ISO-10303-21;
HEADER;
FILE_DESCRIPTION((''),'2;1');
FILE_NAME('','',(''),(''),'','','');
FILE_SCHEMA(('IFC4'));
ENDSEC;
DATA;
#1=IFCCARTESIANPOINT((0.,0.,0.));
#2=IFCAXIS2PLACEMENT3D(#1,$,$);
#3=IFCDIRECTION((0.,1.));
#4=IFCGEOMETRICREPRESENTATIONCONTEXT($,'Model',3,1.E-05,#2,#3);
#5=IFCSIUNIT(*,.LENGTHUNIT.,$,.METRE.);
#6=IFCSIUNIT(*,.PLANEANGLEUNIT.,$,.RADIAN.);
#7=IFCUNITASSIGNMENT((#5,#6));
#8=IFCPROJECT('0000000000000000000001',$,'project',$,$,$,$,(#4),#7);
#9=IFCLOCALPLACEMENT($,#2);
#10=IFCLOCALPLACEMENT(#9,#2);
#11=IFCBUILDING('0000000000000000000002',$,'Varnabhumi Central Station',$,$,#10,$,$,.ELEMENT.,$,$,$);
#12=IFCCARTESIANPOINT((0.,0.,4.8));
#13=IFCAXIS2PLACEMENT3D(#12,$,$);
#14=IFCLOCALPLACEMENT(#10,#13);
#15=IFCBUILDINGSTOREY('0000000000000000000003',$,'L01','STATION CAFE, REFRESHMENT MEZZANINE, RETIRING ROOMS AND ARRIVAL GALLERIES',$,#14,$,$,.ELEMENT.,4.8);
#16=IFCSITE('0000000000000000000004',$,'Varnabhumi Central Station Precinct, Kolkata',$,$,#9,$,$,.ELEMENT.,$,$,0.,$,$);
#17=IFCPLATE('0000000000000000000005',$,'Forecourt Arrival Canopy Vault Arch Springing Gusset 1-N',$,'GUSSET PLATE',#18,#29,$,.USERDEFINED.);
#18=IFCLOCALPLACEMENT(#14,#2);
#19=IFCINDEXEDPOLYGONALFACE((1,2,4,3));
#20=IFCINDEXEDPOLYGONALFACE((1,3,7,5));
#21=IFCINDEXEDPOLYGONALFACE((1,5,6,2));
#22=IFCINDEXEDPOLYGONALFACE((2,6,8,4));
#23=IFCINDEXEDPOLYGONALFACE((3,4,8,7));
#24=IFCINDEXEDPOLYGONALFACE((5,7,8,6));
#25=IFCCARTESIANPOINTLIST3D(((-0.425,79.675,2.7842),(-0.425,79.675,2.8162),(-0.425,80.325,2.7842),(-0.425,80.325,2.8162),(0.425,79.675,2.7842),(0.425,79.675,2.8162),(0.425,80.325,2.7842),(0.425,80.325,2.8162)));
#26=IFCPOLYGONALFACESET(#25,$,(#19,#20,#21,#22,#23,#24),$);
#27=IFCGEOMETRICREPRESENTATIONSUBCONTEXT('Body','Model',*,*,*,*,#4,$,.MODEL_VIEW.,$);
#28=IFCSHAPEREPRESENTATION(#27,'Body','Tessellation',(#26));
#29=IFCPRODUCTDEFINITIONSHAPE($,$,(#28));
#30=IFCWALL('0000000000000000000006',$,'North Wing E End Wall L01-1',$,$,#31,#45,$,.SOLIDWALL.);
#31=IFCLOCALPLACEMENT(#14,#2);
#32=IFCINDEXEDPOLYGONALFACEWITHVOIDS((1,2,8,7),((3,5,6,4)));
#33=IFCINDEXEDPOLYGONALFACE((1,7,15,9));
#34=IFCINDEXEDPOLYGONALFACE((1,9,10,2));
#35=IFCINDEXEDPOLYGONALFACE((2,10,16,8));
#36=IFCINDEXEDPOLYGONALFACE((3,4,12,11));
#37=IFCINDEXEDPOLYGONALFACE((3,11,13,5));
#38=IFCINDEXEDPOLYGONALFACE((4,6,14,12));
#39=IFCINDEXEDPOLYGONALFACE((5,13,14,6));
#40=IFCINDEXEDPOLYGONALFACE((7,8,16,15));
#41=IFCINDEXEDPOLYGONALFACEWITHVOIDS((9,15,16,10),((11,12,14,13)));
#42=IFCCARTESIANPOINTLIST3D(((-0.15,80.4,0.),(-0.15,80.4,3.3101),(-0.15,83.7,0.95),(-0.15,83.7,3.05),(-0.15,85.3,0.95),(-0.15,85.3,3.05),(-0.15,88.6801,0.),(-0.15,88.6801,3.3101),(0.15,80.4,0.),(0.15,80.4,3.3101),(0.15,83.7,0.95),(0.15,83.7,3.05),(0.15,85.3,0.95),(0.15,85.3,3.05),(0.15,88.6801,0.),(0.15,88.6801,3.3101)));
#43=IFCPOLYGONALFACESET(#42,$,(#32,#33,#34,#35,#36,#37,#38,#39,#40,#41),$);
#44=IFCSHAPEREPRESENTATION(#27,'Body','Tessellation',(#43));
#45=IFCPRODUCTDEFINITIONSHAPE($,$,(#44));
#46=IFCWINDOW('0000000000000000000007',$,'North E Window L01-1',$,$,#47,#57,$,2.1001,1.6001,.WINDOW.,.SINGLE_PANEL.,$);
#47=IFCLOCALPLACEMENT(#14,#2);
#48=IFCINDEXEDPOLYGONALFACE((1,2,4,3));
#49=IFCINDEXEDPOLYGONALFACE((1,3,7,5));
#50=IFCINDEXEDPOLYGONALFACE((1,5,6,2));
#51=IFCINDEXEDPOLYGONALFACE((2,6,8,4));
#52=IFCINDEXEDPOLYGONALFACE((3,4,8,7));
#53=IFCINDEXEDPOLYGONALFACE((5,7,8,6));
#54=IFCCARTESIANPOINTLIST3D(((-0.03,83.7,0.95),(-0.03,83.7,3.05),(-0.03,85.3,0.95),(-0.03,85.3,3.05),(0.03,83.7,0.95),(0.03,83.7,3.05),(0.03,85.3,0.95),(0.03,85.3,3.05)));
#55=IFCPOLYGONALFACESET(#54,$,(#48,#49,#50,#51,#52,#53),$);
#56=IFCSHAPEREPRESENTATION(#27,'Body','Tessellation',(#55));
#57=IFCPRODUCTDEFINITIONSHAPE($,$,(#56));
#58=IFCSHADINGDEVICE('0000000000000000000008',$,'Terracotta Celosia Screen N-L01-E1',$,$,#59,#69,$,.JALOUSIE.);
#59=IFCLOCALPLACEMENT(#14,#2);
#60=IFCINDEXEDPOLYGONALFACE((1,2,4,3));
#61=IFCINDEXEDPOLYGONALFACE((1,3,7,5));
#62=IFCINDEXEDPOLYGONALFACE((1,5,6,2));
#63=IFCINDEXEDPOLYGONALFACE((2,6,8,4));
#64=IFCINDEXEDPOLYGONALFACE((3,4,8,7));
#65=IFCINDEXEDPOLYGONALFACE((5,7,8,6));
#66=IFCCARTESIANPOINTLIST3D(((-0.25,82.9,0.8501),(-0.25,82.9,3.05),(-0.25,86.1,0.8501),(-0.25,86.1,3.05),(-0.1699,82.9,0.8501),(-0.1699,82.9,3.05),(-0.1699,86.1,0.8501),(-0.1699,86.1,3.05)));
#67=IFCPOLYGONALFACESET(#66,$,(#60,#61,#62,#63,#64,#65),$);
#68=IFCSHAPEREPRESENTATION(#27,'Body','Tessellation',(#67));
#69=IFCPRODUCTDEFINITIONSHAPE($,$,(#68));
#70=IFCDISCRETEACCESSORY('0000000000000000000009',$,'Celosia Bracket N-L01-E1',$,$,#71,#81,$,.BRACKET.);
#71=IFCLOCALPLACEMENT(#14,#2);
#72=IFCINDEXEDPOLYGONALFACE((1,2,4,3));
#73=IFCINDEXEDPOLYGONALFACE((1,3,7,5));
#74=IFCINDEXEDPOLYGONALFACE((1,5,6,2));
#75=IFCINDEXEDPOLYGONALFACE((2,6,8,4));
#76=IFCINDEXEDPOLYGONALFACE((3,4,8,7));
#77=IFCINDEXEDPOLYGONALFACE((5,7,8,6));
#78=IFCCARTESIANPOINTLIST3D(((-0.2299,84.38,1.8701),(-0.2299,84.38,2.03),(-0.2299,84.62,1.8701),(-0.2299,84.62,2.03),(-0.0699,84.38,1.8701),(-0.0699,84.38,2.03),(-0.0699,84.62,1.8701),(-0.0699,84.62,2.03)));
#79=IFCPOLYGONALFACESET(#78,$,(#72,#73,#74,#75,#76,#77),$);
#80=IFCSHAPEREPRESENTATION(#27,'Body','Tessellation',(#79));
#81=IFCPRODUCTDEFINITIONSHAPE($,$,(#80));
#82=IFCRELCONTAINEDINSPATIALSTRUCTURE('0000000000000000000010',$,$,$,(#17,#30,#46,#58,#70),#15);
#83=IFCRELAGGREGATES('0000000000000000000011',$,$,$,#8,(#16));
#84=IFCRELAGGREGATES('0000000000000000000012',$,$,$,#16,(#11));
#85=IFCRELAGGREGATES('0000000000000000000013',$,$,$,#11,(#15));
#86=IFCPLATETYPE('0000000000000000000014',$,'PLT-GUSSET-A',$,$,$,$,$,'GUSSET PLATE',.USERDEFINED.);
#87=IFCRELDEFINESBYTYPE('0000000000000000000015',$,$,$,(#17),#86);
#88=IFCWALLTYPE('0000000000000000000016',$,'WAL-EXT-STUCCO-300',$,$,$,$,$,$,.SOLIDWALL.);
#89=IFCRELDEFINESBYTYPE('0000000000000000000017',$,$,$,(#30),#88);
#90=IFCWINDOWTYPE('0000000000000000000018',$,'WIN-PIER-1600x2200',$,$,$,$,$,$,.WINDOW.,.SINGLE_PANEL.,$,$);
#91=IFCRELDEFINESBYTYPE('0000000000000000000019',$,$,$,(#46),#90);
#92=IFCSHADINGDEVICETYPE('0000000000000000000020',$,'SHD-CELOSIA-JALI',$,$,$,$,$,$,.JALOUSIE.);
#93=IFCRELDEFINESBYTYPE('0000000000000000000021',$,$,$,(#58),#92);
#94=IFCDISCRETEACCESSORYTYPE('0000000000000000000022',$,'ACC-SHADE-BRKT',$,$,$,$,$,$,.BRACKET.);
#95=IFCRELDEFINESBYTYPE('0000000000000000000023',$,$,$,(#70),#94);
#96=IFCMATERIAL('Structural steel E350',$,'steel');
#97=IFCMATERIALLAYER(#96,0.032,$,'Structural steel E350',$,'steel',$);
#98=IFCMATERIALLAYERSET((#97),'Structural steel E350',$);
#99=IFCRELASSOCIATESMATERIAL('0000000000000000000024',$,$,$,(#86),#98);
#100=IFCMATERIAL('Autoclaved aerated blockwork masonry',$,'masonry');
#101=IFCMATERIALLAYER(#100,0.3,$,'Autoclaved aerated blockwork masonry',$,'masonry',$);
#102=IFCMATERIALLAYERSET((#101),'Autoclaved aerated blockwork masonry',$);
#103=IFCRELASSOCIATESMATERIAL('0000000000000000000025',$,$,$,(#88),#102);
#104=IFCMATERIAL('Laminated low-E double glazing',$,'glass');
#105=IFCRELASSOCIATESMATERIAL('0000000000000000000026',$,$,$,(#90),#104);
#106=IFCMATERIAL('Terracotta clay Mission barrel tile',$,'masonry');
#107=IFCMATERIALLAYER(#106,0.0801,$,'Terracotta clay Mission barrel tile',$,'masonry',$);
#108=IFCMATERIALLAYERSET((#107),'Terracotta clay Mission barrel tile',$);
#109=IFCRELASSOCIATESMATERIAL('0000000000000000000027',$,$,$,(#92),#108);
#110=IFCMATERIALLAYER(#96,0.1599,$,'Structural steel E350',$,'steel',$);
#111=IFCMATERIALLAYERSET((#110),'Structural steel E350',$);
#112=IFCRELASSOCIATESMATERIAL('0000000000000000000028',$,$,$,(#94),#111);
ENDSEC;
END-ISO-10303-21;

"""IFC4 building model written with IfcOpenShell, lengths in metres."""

from ifc_helpers import new_model, si_unit, direction, frame, frame_2d, origin, origin_2d, place, context, subcontext, project, spatial, rectangle, extrude, material, layer, layer_set, type_object, element, fill, save


model = new_model("IFC4")

# Units and contexts
model_context = context("Model", 3, precision=1e-05, world=origin(), true_north=direction((0.0, 1.0)))
body_context = subcontext(model_context, "Body", "Model", "MODEL_VIEW")
ifc_project = project(units=[si_unit("LENGTHUNIT", "METRE"), si_unit("PLANEANGLEUNIT", "RADIAN")], contexts=[model_context])

# Site, building, storey
site_placement = place(None, origin())
site = spatial("IfcSite", under=ifc_project, at=site_placement, Name="Varnabhumi Central Station Precinct, Kolkata", CompositionType="ELEMENT", RefElevation=0.0)
building_placement = place(site_placement, origin())
building = spatial("IfcBuilding", under=site, at=building_placement, Name="Varnabhumi Central Station", CompositionType="ELEMENT")
storey_placement = place(building_placement, frame((0.0, 0.0, 4.8)))
storey = spatial("IfcBuildingStorey", under=building, at=storey_placement, Name="L01", Description="STATION CAFE, REFRESHMENT MEZZANINE, RETIRING ROOMS AND ARRIVAL GALLERIES", CompositionType="ELEMENT", Elevation=4.8)

# Shared definitions
ifc_material_1 = material(Name="Structural steel E350", Category="steel")

# Shared definitions
ifc_material_2 = material(Name="Laminated low-E double glazing", Category="glass")

# Plate
ifc_layer_1 = layer(ifc_material_1, 0.032, Name="Structural steel E350", Category="steel")
ifc_layer_set_1 = layer_set([ifc_layer_1], Name="Structural steel E350")
plate_type_1 = type_object("IfcPlateType", Name="PLT-GUSSET-A", ElementType="GUSSET PLATE", PredefinedType="USERDEFINED", material=ifc_layer_set_1)
plate_1_placement = place(storey_placement, frame((0.0, 80.0, 2.7842), z_axis=(0.0, 0.0, 1.0), x_axis=(1.0, 0.0, 0.0)))
element("IfcPlate", 1, at=plate_1_placement, inside=storey, type_object=plate_type_1, Name="Forecourt Arrival Canopy Vault Arch Springing Gusset 1-N", ObjectType="GUSSET PLATE", PredefinedType="USERDEFINED", context=body_context, shape_type="SweptSolid", body=[
    extrude(rectangle(XDim=0.8501, YDim=0.6499, at=origin_2d()), origin(), (0.0, 0.0, 1.0), 0.032),
])

# Wall, opening, window
ifc_material_3 = material(Name="Autoclaved aerated blockwork masonry", Category="masonry")
ifc_layer_2 = layer(ifc_material_3, 0.3, Name="Autoclaved aerated blockwork masonry", Category="masonry")
ifc_layer_set_2 = layer_set([ifc_layer_2], Name="Autoclaved aerated blockwork masonry")
wall_type = type_object("IfcWallType", Name="WAL-EXT-STUCCO-300", PredefinedType="SOLIDWALL", material=ifc_layer_set_2)
wall_placement = place(storey_placement, frame((0.0, 80.3999, 0.0), z_axis=(0.0, 0.0, 1.0), x_axis=(0.0, 1.0, 0.0)))
wall = element("IfcWall", 2, at=wall_placement, inside=storey, type_object=wall_type, Name="North Wing E End Wall L01-1", PredefinedType="SOLIDWALL", context=body_context, shape_type="SweptSolid", body=[
    extrude(rectangle(XDim=8.28, YDim=0.3, at=frame_2d((4.1401, 0.0))), origin(), (0.0, 0.0, 1.0), 3.3101),
])
opening_placement = place(wall_placement, frame((3.3, 0.0, 0.95)))
opening = element("IfcOpeningElement", 3, at=opening_placement, cuts=wall, PredefinedType="OPENING", context=body_context, shape_type="SweptSolid", body=[
    extrude(rectangle(XDim=1.6001, YDim=2.1001, at=frame_2d((0.8, 1.05))), frame((0.0, 0.1599, 0.0), z_axis=(0.0, -1.0, 0.0), x_axis=(1.0, 0.0, 0.0)), (0.0, 0.0, 1.0), 0.3201),
])
window_type = type_object("IfcWindowType", Name="WIN-PIER-1600x2200", PartitioningType="SINGLE_PANEL", PredefinedType="WINDOW", material=ifc_material_2)
window_placement = place(opening_placement, origin())
window = element("IfcWindow", 4, at=window_placement, inside=storey, type_object=window_type, Name="North E Window L01-1", OverallHeight=2.1001, OverallWidth=1.6001, PartitioningType="SINGLE_PANEL", PredefinedType="WINDOW", context=body_context, shape_type="SweptSolid", body=[
    extrude(rectangle(XDim=1.6001, YDim=2.1001, at=frame_2d((0.8, 1.05))), frame((0.0, 0.03, 0.0), z_axis=(0.0, -1.0, 0.0), x_axis=(1.0, 0.0, 0.0)), (0.0, 0.0, 1.0), 0.0601),
])
fill(opening, window)

# Shading device
ifc_material_4 = material(Name="Terracotta clay Mission barrel tile", Category="masonry")
ifc_layer_3 = layer(ifc_material_4, 0.0801, Name="Terracotta clay Mission barrel tile", Category="masonry")
ifc_layer_set_3 = layer_set([ifc_layer_3], Name="Terracotta clay Mission barrel tile")
shading_device_type = type_object("IfcShadingDeviceType", Name="SHD-CELOSIA-JALI", PredefinedType="JALOUSIE", material=ifc_layer_set_3)
shading_device_placement = place(storey_placement, frame((-0.21, 84.5, 0.8501), z_axis=(0.0, 0.0, 1.0), x_axis=(1.0, 0.0, 0.0)))
element("IfcShadingDevice", 5, at=shading_device_placement, inside=storey, type_object=shading_device_type, Name="Terracotta Celosia Screen N-L01-E1", PredefinedType="JALOUSIE", context=body_context, shape_type="SweptSolid", body=[
    extrude(rectangle(XDim=0.0801, YDim=3.2, at=origin_2d()), origin(), (0.0, 0.0, 1.0), 2.2),
])

# Discrete accessory
ifc_layer_4 = layer(ifc_material_1, 0.1599, Name="Structural steel E350", Category="steel")
ifc_layer_set_4 = layer_set([ifc_layer_4], Name="Structural steel E350")
discrete_accessory_type = type_object("IfcDiscreteAccessoryType", Name="ACC-SHADE-BRKT", PredefinedType="BRACKET", material=ifc_layer_set_4)
discrete_accessory_placement = place(storey_placement, frame((-0.1499, 84.5, 1.8701), z_axis=(0.0, 0.0, 1.0), x_axis=(1.0, 0.0, 0.0)))
element("IfcDiscreteAccessory", 6, at=discrete_accessory_placement, inside=storey, type_object=discrete_accessory_type, Name="Celosia Bracket N-L01-E1", PredefinedType="BRACKET", context=body_context, shape_type="SweptSolid", body=[
    extrude(rectangle(XDim=0.1599, YDim=0.24, at=origin_2d()), origin(), (0.0, 0.0, 1.0), 0.1599),
])

save(model, "model.ifc")
